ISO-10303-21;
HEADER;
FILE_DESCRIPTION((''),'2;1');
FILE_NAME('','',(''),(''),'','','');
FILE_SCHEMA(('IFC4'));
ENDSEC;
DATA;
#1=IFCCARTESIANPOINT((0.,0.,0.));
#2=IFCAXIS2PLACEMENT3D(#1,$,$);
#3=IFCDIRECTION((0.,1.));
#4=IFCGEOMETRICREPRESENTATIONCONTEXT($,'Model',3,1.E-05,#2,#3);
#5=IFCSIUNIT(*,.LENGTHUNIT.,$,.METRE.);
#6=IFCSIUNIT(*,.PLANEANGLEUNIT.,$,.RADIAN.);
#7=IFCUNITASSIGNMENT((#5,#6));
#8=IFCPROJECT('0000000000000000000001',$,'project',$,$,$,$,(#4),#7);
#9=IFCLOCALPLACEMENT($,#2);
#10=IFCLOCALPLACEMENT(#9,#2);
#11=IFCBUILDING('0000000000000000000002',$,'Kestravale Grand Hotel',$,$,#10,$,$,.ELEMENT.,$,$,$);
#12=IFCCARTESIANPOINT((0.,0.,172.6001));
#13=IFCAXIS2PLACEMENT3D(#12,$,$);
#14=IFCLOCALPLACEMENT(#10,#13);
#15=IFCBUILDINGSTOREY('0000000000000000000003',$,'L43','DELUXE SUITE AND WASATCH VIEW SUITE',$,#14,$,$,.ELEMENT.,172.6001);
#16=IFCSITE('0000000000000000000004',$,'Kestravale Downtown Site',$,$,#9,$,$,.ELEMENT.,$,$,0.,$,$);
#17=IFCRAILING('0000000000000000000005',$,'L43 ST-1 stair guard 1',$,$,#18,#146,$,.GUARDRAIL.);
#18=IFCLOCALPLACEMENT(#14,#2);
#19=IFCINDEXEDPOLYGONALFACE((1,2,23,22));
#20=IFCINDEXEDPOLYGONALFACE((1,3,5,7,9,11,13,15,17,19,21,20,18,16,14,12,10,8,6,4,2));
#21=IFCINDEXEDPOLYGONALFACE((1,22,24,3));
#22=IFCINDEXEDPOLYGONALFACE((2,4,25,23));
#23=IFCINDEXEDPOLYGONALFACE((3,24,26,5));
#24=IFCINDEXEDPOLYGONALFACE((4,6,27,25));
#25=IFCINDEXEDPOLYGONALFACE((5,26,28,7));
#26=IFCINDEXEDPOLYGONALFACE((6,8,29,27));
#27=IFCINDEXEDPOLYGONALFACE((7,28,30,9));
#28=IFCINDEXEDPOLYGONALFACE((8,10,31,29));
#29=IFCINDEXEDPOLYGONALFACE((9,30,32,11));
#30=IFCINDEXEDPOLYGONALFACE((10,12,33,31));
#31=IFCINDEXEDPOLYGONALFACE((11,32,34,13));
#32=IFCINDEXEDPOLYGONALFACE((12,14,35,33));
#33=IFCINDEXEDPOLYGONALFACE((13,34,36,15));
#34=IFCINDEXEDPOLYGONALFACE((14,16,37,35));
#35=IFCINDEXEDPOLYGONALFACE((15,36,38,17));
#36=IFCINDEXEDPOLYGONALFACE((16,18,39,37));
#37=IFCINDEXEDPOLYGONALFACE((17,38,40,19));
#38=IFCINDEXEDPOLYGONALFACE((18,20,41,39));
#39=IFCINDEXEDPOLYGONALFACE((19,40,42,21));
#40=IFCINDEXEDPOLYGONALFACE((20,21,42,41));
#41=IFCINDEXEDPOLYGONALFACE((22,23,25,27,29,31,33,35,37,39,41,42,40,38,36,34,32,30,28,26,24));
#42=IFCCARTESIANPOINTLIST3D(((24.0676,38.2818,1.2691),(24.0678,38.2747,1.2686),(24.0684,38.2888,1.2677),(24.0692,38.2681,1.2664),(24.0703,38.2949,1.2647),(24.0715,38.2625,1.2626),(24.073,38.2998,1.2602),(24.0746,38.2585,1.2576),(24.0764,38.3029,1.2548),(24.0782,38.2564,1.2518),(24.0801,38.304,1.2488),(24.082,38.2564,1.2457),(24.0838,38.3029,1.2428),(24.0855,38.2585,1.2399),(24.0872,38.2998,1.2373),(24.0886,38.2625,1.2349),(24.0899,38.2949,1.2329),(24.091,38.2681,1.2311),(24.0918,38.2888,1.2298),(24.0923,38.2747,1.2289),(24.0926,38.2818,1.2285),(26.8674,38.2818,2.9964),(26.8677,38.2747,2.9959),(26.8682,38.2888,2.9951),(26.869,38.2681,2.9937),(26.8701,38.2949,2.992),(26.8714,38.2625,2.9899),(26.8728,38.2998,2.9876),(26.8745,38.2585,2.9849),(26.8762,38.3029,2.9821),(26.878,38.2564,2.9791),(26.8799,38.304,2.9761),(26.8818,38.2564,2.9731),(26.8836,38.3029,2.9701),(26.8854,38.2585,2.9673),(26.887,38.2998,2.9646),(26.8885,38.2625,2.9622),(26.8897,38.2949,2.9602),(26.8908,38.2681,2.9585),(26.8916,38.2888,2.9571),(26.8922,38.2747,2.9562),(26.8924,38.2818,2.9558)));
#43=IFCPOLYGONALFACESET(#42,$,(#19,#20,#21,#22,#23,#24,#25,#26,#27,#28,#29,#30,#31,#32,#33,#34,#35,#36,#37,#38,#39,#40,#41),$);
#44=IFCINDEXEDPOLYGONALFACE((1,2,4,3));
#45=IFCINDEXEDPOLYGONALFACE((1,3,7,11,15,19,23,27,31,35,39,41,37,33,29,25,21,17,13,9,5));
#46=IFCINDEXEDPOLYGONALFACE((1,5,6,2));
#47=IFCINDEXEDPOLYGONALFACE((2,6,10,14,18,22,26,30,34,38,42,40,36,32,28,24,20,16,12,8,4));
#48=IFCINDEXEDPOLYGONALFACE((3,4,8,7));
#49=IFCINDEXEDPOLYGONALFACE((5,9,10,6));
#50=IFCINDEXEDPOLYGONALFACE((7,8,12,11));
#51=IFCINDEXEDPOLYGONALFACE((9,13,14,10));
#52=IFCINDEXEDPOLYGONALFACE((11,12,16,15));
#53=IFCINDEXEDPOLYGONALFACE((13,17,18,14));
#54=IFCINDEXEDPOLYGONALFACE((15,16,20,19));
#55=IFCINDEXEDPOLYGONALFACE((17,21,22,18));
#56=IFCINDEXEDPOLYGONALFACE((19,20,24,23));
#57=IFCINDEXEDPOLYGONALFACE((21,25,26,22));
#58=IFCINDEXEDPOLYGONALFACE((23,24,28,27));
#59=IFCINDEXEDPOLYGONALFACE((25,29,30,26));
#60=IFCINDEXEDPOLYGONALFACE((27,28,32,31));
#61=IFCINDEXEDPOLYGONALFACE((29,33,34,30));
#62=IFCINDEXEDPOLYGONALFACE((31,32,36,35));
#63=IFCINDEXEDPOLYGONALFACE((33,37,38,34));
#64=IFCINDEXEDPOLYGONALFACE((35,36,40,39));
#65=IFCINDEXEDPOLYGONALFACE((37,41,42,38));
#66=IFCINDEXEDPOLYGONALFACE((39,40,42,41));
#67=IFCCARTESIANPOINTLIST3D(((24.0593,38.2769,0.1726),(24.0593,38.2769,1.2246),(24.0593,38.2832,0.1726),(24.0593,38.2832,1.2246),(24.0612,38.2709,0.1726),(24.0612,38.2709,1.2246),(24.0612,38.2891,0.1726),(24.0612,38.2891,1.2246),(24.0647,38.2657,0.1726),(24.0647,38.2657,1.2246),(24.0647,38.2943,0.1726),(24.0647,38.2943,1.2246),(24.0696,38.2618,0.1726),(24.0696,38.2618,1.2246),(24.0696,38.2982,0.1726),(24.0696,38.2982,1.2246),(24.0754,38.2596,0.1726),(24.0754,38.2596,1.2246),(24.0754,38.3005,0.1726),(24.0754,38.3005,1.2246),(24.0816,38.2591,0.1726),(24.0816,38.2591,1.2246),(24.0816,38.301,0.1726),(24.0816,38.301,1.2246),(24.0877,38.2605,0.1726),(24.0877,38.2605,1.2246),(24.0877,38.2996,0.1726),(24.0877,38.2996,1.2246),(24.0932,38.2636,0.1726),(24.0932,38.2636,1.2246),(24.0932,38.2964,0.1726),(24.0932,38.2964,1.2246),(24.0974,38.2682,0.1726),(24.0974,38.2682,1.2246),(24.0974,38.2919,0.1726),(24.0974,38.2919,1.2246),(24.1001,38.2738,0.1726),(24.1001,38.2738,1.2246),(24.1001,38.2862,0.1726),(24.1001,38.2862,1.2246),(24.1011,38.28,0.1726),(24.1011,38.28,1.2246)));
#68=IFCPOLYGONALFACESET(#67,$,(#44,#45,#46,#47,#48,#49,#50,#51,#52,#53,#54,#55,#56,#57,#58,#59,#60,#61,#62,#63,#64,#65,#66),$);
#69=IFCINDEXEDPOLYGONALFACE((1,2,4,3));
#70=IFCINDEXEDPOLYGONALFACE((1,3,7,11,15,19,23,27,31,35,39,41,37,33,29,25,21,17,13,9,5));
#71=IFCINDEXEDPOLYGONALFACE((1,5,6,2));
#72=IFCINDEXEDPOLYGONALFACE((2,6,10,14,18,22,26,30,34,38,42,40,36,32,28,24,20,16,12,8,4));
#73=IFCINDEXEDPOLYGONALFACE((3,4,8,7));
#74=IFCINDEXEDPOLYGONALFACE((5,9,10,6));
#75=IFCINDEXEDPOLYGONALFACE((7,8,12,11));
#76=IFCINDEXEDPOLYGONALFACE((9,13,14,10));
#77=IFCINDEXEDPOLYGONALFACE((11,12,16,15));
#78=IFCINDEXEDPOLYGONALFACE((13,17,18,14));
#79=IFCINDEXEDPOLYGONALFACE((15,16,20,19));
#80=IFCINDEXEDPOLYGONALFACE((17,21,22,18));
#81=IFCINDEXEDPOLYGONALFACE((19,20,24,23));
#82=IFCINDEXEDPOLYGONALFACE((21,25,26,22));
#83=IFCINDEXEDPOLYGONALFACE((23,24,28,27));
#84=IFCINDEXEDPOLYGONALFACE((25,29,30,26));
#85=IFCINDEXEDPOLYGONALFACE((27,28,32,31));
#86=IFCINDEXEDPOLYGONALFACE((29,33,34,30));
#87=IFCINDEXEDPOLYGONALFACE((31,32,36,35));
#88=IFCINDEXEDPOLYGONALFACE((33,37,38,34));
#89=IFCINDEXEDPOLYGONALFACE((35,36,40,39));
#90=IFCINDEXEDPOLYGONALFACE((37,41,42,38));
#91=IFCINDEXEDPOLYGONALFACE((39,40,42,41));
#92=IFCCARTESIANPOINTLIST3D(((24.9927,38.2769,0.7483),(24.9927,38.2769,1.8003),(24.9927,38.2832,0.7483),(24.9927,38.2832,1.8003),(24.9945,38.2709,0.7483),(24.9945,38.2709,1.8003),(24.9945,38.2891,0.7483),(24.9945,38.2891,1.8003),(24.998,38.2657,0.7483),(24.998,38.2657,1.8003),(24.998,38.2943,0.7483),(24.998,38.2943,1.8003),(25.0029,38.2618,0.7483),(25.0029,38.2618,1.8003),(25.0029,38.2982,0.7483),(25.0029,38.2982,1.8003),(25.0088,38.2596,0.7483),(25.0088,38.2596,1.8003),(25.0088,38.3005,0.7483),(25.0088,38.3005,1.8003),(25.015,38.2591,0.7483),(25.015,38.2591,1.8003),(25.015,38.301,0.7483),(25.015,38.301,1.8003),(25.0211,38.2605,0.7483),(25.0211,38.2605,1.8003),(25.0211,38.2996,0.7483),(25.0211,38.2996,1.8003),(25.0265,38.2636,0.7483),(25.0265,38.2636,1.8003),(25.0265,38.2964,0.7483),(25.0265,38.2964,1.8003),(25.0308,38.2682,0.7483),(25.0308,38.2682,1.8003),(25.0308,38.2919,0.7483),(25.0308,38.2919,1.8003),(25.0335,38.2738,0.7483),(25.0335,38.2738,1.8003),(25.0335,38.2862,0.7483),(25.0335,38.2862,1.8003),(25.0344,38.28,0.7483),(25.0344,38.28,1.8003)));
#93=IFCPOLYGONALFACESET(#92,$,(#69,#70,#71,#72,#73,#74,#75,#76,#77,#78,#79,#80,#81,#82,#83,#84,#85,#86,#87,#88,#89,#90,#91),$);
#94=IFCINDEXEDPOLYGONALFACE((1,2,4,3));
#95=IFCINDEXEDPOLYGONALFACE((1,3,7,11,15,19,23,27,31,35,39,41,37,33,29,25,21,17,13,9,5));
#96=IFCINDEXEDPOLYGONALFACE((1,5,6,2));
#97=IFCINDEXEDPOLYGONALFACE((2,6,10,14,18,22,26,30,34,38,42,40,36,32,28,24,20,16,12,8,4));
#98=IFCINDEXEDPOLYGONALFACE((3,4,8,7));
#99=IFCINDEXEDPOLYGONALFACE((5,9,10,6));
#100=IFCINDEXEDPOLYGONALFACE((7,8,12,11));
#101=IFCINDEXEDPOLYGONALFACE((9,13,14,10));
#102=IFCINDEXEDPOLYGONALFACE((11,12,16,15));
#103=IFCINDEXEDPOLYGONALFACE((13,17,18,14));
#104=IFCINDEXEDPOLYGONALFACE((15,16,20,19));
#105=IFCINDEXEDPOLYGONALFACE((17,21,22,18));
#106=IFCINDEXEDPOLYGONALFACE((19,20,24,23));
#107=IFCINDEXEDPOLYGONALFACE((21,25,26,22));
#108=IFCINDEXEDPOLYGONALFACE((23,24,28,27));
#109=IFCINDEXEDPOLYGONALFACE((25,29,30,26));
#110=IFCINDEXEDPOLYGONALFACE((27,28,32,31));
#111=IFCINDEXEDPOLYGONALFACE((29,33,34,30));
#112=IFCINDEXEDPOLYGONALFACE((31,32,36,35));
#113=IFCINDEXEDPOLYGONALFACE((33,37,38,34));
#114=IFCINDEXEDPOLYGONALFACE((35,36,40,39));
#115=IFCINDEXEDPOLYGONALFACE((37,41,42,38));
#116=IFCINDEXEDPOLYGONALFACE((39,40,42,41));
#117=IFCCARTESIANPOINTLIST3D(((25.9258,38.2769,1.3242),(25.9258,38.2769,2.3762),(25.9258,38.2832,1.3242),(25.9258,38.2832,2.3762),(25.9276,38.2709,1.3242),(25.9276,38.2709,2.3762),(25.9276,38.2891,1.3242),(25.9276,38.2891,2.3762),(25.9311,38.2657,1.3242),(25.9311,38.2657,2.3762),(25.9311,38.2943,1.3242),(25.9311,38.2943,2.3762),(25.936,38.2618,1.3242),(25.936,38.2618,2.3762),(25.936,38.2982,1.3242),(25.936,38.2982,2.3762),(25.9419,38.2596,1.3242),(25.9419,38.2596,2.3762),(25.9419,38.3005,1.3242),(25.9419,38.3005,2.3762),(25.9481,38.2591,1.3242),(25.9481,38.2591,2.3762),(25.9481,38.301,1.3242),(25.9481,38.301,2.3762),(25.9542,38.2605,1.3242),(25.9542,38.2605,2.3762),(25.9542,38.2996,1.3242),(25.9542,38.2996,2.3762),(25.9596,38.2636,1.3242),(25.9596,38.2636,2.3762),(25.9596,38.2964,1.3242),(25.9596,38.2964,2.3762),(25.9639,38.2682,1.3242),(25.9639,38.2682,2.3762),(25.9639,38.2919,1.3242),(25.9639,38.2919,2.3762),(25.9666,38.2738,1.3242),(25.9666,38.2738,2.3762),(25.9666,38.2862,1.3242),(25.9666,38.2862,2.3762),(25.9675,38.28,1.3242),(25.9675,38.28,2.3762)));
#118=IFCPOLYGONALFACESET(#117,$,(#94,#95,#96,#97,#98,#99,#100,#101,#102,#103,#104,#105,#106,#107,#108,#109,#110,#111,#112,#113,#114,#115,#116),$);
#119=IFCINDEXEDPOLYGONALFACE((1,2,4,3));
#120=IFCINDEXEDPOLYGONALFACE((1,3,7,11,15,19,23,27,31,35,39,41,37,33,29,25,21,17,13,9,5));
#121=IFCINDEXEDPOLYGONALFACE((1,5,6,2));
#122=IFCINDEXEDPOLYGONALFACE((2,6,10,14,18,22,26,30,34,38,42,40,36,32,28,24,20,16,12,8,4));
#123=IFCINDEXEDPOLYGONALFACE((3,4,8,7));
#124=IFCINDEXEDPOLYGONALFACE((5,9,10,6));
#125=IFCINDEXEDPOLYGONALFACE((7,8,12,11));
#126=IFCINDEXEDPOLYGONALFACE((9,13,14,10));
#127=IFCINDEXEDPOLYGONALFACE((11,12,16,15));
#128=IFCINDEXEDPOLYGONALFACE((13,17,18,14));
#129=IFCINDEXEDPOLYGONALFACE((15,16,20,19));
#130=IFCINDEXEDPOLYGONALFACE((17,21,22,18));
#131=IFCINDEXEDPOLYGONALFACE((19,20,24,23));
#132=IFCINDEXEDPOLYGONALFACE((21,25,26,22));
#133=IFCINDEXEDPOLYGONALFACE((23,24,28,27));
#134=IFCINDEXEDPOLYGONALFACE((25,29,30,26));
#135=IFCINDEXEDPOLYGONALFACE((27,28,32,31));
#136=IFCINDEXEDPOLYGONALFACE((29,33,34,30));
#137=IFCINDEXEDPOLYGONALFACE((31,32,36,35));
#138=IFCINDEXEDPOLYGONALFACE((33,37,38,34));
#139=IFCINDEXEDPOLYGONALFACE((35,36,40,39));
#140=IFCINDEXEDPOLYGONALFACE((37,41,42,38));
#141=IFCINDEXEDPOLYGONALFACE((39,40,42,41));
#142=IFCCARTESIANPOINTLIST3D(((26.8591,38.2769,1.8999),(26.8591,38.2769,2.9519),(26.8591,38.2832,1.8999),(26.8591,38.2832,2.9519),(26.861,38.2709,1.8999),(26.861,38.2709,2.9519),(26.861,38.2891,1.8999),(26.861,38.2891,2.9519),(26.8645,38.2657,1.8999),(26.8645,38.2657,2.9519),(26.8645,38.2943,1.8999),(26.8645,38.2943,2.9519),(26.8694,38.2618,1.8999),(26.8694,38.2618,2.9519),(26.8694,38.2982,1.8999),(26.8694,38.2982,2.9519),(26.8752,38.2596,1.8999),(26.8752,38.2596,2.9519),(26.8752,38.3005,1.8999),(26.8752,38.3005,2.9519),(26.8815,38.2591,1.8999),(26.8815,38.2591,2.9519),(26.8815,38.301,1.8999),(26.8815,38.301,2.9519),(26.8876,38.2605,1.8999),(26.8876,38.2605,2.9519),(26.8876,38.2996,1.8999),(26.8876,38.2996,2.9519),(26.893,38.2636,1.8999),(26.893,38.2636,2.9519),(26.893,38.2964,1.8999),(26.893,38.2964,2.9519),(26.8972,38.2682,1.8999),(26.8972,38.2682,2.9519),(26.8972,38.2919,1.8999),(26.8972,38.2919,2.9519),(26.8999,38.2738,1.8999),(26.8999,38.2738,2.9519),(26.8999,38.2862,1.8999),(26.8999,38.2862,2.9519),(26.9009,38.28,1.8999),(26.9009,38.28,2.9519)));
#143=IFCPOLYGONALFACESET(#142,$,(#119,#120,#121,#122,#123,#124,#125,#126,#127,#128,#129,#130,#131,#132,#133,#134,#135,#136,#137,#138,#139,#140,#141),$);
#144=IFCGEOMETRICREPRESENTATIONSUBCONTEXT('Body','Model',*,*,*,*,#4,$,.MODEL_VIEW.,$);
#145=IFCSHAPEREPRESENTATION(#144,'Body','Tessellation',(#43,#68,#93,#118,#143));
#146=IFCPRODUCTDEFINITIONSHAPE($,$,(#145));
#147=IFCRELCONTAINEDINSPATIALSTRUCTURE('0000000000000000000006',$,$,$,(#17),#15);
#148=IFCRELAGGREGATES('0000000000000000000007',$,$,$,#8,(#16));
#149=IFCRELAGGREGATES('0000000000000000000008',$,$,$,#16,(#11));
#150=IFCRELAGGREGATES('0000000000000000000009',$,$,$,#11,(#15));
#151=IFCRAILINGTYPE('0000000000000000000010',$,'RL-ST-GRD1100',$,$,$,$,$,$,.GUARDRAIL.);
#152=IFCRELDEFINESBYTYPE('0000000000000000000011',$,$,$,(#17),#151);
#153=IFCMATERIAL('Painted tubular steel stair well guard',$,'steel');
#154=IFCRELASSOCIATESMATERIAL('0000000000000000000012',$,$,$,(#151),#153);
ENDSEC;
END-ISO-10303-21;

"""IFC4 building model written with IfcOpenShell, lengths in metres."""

from ifc_helpers import new_model, si_unit, direction, frame, origin, origin_2d, place, context, subcontext, project, spatial, circle, extrude, material, type_object, element, save


model = new_model("IFC4")

# Units and contexts
model_context = context("Model", 3, precision=1e-05, world=origin(), true_north=direction((0.0, 1.0)))
body_context = subcontext(model_context, "Body", "Model", "MODEL_VIEW")
ifc_project = project(units=[si_unit("LENGTHUNIT", "METRE"), si_unit("PLANEANGLEUNIT", "RADIAN")], contexts=[model_context])

# Site, building, storey
site_placement = place(None, origin())
site = spatial("IfcSite", under=ifc_project, at=site_placement, Name="Kestravale Downtown Site", CompositionType="ELEMENT", RefElevation=0.0)
building_placement = place(site_placement, origin())
building = spatial("IfcBuilding", under=site, at=building_placement, Name="Kestravale Grand Hotel", CompositionType="ELEMENT")
storey_placement = place(building_placement, frame((0.0, 0.0, 172.6001)))
storey = spatial("IfcBuildingStorey", under=building, at=storey_placement, Name="L43", Description="DELUXE SUITE AND WASATCH VIEW SUITE", CompositionType="ELEMENT", Elevation=172.6001)

# Railing
ifc_material_1 = material(Name="Painted tubular steel stair well guard", Category="steel")
railing_type_1 = type_object("IfcRailingType", Name="RL-ST-GRD1100", PredefinedType="GUARDRAIL", material=ifc_material_1)
railing_1_placement = place(storey_placement, frame((24.0801, 38.28, 0.1726)))
element("IfcRailing", 1, at=railing_1_placement, inside=storey, type_object=railing_type_1, Name="L43 ST-1 stair guard 1", PredefinedType="GUARDRAIL", context=body_context, shape_type="SweptSolid", body=[
    extrude(circle(Radius=0.0239, at=origin_2d()), frame((0.0, 0.0, 1.0762), z_axis=(0.851069, 0.0, 0.525054), x_axis=(0.0, 1.0, 0.0)), (0.0, 0.0, 1.0), 3.2898),
    extrude(circle(Radius=0.021, at=origin_2d()), origin(), (0.0, 0.0, 1.0), 1.052),
    extrude(circle(Radius=0.021, at=origin_2d()), frame((0.9333, 0.0, 0.5757)), (0.0, 0.0, 1.0), 1.052),
    extrude(circle(Radius=0.021, at=origin_2d()), frame((1.8665, 0.0, 1.1516)), (0.0, 0.0, 1.0), 1.052),
    extrude(circle(Radius=0.021, at=origin_2d()), frame((2.7998, 0.0, 1.7273)), (0.0, 0.0, 1.0), 1.052),
])

save(model, "model.ifc")
